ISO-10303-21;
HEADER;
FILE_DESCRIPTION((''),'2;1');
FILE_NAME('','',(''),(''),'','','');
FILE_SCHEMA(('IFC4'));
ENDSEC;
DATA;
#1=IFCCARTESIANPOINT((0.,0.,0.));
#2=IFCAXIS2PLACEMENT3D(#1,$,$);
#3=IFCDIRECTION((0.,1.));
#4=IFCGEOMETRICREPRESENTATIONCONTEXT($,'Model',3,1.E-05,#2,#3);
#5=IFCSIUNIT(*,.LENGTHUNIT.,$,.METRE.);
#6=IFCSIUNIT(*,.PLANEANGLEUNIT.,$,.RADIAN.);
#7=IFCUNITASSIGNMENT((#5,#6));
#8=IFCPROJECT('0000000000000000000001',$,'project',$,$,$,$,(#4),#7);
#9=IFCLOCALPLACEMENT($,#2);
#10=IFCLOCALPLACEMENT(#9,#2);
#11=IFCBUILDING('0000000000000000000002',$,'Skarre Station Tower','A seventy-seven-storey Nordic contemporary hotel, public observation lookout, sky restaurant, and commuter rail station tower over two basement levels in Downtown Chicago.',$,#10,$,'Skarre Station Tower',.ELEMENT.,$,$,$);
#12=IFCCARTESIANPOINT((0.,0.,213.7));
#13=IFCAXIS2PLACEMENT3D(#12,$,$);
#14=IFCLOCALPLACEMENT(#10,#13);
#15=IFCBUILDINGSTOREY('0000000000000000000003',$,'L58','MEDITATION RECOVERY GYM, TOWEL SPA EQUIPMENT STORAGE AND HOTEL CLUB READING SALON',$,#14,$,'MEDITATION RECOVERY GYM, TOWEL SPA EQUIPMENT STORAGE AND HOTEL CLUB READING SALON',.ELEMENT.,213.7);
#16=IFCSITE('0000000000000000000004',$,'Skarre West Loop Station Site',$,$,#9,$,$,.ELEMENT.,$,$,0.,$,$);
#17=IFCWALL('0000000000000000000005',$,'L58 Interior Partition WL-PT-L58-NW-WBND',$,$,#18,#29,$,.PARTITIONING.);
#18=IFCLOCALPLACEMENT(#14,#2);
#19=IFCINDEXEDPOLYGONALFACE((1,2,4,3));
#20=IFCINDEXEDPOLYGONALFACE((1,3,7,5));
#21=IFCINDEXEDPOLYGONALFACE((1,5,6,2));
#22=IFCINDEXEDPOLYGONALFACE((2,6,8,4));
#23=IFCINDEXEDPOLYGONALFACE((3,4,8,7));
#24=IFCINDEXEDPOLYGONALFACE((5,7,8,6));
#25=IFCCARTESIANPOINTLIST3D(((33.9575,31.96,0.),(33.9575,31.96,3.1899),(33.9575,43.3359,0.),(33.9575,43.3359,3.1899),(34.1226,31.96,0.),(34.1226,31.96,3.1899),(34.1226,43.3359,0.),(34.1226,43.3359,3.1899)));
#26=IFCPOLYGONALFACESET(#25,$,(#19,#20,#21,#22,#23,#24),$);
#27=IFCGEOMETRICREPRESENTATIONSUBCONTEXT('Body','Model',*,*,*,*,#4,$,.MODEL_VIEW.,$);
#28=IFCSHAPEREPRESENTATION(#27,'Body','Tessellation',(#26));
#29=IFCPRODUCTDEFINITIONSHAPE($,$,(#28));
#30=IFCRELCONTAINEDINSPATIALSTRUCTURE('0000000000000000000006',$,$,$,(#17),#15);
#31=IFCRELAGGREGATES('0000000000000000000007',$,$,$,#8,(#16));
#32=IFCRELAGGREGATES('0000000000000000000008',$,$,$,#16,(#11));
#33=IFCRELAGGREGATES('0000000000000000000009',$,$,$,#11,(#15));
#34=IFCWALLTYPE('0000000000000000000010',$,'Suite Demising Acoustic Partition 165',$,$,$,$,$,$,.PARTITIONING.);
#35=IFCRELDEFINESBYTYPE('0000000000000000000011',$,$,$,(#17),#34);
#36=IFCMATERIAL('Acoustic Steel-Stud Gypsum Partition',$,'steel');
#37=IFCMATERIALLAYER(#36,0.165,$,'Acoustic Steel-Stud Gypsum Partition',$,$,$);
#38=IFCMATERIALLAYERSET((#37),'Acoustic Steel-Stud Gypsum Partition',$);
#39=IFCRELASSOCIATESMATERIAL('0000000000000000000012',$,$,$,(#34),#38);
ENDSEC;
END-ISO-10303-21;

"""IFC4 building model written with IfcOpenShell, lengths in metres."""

from ifc_helpers import new_model, si_unit, direction, frame, frame_2d, origin, place, context, subcontext, project, spatial, rectangle, extrude, material, layer, layer_set, type_object, element, save


model = new_model("IFC4")

# Units and contexts
model_context = context("Model", 3, precision=1e-05, world=origin(), true_north=direction((0.0, 1.0)))
body_context = subcontext(model_context, "Body", "Model", "MODEL_VIEW")
ifc_project = project(units=[si_unit("LENGTHUNIT", "METRE"), si_unit("PLANEANGLEUNIT", "RADIAN")], contexts=[model_context])

# Site, building, storey
site_placement = place(None, origin())
site = spatial("IfcSite", under=ifc_project, at=site_placement, Name="Skarre West Loop Station Site", CompositionType="ELEMENT", RefElevation=0.0)
building_placement = place(site_placement, origin())
building = spatial("IfcBuilding", under=site, at=building_placement, Name="Skarre Station Tower", Description="A seventy-seven-storey Nordic contemporary hotel, public observation lookout, sky restaurant, and commuter rail station tower over two basement levels in Downtown Chicago.", LongName="Skarre Station Tower", CompositionType="ELEMENT")
storey_placement = place(building_placement, frame((0.0, 0.0, 213.7)))
storey = spatial("IfcBuildingStorey", under=building, at=storey_placement, Name="L58", Description="MEDITATION RECOVERY GYM, TOWEL SPA EQUIPMENT STORAGE AND HOTEL CLUB READING SALON", LongName="MEDITATION RECOVERY GYM, TOWEL SPA EQUIPMENT STORAGE AND HOTEL CLUB READING SALON", CompositionType="ELEMENT", Elevation=213.7)

# Shared definitions
ifc_material_1 = material(Name="Acoustic Steel-Stud Gypsum Partition", Category="steel")

# Wall
ifc_layer_1 = layer(ifc_material_1, 0.165, Name="Acoustic Steel-Stud Gypsum Partition")
ifc_layer_set_1 = layer_set([ifc_layer_1], Name="Acoustic Steel-Stud Gypsum Partition")
wall_type_1 = type_object("IfcWallType", Name="Suite Demising Acoustic Partition 165", PredefinedType="PARTITIONING", material=ifc_layer_set_1)
wall_1_placement = place(storey_placement, frame((34.04, 31.96, 0.0), z_axis=(0.0, 0.0, 1.0), x_axis=(0.0, 1.0, 0.0)))
element("IfcWall", 1, at=wall_1_placement, inside=storey, type_object=wall_type_1, Name="L58 Interior Partition WL-PT-L58-NW-WBND", PredefinedType="PARTITIONING", context=body_context, shape_type="SweptSolid", body=[
    extrude(rectangle(XDim=11.376, YDim=0.165, at=frame_2d((5.688, 0.0))), origin(), (0.0, 0.0, 1.0), 3.1899),
])

save(model, "model.ifc")
